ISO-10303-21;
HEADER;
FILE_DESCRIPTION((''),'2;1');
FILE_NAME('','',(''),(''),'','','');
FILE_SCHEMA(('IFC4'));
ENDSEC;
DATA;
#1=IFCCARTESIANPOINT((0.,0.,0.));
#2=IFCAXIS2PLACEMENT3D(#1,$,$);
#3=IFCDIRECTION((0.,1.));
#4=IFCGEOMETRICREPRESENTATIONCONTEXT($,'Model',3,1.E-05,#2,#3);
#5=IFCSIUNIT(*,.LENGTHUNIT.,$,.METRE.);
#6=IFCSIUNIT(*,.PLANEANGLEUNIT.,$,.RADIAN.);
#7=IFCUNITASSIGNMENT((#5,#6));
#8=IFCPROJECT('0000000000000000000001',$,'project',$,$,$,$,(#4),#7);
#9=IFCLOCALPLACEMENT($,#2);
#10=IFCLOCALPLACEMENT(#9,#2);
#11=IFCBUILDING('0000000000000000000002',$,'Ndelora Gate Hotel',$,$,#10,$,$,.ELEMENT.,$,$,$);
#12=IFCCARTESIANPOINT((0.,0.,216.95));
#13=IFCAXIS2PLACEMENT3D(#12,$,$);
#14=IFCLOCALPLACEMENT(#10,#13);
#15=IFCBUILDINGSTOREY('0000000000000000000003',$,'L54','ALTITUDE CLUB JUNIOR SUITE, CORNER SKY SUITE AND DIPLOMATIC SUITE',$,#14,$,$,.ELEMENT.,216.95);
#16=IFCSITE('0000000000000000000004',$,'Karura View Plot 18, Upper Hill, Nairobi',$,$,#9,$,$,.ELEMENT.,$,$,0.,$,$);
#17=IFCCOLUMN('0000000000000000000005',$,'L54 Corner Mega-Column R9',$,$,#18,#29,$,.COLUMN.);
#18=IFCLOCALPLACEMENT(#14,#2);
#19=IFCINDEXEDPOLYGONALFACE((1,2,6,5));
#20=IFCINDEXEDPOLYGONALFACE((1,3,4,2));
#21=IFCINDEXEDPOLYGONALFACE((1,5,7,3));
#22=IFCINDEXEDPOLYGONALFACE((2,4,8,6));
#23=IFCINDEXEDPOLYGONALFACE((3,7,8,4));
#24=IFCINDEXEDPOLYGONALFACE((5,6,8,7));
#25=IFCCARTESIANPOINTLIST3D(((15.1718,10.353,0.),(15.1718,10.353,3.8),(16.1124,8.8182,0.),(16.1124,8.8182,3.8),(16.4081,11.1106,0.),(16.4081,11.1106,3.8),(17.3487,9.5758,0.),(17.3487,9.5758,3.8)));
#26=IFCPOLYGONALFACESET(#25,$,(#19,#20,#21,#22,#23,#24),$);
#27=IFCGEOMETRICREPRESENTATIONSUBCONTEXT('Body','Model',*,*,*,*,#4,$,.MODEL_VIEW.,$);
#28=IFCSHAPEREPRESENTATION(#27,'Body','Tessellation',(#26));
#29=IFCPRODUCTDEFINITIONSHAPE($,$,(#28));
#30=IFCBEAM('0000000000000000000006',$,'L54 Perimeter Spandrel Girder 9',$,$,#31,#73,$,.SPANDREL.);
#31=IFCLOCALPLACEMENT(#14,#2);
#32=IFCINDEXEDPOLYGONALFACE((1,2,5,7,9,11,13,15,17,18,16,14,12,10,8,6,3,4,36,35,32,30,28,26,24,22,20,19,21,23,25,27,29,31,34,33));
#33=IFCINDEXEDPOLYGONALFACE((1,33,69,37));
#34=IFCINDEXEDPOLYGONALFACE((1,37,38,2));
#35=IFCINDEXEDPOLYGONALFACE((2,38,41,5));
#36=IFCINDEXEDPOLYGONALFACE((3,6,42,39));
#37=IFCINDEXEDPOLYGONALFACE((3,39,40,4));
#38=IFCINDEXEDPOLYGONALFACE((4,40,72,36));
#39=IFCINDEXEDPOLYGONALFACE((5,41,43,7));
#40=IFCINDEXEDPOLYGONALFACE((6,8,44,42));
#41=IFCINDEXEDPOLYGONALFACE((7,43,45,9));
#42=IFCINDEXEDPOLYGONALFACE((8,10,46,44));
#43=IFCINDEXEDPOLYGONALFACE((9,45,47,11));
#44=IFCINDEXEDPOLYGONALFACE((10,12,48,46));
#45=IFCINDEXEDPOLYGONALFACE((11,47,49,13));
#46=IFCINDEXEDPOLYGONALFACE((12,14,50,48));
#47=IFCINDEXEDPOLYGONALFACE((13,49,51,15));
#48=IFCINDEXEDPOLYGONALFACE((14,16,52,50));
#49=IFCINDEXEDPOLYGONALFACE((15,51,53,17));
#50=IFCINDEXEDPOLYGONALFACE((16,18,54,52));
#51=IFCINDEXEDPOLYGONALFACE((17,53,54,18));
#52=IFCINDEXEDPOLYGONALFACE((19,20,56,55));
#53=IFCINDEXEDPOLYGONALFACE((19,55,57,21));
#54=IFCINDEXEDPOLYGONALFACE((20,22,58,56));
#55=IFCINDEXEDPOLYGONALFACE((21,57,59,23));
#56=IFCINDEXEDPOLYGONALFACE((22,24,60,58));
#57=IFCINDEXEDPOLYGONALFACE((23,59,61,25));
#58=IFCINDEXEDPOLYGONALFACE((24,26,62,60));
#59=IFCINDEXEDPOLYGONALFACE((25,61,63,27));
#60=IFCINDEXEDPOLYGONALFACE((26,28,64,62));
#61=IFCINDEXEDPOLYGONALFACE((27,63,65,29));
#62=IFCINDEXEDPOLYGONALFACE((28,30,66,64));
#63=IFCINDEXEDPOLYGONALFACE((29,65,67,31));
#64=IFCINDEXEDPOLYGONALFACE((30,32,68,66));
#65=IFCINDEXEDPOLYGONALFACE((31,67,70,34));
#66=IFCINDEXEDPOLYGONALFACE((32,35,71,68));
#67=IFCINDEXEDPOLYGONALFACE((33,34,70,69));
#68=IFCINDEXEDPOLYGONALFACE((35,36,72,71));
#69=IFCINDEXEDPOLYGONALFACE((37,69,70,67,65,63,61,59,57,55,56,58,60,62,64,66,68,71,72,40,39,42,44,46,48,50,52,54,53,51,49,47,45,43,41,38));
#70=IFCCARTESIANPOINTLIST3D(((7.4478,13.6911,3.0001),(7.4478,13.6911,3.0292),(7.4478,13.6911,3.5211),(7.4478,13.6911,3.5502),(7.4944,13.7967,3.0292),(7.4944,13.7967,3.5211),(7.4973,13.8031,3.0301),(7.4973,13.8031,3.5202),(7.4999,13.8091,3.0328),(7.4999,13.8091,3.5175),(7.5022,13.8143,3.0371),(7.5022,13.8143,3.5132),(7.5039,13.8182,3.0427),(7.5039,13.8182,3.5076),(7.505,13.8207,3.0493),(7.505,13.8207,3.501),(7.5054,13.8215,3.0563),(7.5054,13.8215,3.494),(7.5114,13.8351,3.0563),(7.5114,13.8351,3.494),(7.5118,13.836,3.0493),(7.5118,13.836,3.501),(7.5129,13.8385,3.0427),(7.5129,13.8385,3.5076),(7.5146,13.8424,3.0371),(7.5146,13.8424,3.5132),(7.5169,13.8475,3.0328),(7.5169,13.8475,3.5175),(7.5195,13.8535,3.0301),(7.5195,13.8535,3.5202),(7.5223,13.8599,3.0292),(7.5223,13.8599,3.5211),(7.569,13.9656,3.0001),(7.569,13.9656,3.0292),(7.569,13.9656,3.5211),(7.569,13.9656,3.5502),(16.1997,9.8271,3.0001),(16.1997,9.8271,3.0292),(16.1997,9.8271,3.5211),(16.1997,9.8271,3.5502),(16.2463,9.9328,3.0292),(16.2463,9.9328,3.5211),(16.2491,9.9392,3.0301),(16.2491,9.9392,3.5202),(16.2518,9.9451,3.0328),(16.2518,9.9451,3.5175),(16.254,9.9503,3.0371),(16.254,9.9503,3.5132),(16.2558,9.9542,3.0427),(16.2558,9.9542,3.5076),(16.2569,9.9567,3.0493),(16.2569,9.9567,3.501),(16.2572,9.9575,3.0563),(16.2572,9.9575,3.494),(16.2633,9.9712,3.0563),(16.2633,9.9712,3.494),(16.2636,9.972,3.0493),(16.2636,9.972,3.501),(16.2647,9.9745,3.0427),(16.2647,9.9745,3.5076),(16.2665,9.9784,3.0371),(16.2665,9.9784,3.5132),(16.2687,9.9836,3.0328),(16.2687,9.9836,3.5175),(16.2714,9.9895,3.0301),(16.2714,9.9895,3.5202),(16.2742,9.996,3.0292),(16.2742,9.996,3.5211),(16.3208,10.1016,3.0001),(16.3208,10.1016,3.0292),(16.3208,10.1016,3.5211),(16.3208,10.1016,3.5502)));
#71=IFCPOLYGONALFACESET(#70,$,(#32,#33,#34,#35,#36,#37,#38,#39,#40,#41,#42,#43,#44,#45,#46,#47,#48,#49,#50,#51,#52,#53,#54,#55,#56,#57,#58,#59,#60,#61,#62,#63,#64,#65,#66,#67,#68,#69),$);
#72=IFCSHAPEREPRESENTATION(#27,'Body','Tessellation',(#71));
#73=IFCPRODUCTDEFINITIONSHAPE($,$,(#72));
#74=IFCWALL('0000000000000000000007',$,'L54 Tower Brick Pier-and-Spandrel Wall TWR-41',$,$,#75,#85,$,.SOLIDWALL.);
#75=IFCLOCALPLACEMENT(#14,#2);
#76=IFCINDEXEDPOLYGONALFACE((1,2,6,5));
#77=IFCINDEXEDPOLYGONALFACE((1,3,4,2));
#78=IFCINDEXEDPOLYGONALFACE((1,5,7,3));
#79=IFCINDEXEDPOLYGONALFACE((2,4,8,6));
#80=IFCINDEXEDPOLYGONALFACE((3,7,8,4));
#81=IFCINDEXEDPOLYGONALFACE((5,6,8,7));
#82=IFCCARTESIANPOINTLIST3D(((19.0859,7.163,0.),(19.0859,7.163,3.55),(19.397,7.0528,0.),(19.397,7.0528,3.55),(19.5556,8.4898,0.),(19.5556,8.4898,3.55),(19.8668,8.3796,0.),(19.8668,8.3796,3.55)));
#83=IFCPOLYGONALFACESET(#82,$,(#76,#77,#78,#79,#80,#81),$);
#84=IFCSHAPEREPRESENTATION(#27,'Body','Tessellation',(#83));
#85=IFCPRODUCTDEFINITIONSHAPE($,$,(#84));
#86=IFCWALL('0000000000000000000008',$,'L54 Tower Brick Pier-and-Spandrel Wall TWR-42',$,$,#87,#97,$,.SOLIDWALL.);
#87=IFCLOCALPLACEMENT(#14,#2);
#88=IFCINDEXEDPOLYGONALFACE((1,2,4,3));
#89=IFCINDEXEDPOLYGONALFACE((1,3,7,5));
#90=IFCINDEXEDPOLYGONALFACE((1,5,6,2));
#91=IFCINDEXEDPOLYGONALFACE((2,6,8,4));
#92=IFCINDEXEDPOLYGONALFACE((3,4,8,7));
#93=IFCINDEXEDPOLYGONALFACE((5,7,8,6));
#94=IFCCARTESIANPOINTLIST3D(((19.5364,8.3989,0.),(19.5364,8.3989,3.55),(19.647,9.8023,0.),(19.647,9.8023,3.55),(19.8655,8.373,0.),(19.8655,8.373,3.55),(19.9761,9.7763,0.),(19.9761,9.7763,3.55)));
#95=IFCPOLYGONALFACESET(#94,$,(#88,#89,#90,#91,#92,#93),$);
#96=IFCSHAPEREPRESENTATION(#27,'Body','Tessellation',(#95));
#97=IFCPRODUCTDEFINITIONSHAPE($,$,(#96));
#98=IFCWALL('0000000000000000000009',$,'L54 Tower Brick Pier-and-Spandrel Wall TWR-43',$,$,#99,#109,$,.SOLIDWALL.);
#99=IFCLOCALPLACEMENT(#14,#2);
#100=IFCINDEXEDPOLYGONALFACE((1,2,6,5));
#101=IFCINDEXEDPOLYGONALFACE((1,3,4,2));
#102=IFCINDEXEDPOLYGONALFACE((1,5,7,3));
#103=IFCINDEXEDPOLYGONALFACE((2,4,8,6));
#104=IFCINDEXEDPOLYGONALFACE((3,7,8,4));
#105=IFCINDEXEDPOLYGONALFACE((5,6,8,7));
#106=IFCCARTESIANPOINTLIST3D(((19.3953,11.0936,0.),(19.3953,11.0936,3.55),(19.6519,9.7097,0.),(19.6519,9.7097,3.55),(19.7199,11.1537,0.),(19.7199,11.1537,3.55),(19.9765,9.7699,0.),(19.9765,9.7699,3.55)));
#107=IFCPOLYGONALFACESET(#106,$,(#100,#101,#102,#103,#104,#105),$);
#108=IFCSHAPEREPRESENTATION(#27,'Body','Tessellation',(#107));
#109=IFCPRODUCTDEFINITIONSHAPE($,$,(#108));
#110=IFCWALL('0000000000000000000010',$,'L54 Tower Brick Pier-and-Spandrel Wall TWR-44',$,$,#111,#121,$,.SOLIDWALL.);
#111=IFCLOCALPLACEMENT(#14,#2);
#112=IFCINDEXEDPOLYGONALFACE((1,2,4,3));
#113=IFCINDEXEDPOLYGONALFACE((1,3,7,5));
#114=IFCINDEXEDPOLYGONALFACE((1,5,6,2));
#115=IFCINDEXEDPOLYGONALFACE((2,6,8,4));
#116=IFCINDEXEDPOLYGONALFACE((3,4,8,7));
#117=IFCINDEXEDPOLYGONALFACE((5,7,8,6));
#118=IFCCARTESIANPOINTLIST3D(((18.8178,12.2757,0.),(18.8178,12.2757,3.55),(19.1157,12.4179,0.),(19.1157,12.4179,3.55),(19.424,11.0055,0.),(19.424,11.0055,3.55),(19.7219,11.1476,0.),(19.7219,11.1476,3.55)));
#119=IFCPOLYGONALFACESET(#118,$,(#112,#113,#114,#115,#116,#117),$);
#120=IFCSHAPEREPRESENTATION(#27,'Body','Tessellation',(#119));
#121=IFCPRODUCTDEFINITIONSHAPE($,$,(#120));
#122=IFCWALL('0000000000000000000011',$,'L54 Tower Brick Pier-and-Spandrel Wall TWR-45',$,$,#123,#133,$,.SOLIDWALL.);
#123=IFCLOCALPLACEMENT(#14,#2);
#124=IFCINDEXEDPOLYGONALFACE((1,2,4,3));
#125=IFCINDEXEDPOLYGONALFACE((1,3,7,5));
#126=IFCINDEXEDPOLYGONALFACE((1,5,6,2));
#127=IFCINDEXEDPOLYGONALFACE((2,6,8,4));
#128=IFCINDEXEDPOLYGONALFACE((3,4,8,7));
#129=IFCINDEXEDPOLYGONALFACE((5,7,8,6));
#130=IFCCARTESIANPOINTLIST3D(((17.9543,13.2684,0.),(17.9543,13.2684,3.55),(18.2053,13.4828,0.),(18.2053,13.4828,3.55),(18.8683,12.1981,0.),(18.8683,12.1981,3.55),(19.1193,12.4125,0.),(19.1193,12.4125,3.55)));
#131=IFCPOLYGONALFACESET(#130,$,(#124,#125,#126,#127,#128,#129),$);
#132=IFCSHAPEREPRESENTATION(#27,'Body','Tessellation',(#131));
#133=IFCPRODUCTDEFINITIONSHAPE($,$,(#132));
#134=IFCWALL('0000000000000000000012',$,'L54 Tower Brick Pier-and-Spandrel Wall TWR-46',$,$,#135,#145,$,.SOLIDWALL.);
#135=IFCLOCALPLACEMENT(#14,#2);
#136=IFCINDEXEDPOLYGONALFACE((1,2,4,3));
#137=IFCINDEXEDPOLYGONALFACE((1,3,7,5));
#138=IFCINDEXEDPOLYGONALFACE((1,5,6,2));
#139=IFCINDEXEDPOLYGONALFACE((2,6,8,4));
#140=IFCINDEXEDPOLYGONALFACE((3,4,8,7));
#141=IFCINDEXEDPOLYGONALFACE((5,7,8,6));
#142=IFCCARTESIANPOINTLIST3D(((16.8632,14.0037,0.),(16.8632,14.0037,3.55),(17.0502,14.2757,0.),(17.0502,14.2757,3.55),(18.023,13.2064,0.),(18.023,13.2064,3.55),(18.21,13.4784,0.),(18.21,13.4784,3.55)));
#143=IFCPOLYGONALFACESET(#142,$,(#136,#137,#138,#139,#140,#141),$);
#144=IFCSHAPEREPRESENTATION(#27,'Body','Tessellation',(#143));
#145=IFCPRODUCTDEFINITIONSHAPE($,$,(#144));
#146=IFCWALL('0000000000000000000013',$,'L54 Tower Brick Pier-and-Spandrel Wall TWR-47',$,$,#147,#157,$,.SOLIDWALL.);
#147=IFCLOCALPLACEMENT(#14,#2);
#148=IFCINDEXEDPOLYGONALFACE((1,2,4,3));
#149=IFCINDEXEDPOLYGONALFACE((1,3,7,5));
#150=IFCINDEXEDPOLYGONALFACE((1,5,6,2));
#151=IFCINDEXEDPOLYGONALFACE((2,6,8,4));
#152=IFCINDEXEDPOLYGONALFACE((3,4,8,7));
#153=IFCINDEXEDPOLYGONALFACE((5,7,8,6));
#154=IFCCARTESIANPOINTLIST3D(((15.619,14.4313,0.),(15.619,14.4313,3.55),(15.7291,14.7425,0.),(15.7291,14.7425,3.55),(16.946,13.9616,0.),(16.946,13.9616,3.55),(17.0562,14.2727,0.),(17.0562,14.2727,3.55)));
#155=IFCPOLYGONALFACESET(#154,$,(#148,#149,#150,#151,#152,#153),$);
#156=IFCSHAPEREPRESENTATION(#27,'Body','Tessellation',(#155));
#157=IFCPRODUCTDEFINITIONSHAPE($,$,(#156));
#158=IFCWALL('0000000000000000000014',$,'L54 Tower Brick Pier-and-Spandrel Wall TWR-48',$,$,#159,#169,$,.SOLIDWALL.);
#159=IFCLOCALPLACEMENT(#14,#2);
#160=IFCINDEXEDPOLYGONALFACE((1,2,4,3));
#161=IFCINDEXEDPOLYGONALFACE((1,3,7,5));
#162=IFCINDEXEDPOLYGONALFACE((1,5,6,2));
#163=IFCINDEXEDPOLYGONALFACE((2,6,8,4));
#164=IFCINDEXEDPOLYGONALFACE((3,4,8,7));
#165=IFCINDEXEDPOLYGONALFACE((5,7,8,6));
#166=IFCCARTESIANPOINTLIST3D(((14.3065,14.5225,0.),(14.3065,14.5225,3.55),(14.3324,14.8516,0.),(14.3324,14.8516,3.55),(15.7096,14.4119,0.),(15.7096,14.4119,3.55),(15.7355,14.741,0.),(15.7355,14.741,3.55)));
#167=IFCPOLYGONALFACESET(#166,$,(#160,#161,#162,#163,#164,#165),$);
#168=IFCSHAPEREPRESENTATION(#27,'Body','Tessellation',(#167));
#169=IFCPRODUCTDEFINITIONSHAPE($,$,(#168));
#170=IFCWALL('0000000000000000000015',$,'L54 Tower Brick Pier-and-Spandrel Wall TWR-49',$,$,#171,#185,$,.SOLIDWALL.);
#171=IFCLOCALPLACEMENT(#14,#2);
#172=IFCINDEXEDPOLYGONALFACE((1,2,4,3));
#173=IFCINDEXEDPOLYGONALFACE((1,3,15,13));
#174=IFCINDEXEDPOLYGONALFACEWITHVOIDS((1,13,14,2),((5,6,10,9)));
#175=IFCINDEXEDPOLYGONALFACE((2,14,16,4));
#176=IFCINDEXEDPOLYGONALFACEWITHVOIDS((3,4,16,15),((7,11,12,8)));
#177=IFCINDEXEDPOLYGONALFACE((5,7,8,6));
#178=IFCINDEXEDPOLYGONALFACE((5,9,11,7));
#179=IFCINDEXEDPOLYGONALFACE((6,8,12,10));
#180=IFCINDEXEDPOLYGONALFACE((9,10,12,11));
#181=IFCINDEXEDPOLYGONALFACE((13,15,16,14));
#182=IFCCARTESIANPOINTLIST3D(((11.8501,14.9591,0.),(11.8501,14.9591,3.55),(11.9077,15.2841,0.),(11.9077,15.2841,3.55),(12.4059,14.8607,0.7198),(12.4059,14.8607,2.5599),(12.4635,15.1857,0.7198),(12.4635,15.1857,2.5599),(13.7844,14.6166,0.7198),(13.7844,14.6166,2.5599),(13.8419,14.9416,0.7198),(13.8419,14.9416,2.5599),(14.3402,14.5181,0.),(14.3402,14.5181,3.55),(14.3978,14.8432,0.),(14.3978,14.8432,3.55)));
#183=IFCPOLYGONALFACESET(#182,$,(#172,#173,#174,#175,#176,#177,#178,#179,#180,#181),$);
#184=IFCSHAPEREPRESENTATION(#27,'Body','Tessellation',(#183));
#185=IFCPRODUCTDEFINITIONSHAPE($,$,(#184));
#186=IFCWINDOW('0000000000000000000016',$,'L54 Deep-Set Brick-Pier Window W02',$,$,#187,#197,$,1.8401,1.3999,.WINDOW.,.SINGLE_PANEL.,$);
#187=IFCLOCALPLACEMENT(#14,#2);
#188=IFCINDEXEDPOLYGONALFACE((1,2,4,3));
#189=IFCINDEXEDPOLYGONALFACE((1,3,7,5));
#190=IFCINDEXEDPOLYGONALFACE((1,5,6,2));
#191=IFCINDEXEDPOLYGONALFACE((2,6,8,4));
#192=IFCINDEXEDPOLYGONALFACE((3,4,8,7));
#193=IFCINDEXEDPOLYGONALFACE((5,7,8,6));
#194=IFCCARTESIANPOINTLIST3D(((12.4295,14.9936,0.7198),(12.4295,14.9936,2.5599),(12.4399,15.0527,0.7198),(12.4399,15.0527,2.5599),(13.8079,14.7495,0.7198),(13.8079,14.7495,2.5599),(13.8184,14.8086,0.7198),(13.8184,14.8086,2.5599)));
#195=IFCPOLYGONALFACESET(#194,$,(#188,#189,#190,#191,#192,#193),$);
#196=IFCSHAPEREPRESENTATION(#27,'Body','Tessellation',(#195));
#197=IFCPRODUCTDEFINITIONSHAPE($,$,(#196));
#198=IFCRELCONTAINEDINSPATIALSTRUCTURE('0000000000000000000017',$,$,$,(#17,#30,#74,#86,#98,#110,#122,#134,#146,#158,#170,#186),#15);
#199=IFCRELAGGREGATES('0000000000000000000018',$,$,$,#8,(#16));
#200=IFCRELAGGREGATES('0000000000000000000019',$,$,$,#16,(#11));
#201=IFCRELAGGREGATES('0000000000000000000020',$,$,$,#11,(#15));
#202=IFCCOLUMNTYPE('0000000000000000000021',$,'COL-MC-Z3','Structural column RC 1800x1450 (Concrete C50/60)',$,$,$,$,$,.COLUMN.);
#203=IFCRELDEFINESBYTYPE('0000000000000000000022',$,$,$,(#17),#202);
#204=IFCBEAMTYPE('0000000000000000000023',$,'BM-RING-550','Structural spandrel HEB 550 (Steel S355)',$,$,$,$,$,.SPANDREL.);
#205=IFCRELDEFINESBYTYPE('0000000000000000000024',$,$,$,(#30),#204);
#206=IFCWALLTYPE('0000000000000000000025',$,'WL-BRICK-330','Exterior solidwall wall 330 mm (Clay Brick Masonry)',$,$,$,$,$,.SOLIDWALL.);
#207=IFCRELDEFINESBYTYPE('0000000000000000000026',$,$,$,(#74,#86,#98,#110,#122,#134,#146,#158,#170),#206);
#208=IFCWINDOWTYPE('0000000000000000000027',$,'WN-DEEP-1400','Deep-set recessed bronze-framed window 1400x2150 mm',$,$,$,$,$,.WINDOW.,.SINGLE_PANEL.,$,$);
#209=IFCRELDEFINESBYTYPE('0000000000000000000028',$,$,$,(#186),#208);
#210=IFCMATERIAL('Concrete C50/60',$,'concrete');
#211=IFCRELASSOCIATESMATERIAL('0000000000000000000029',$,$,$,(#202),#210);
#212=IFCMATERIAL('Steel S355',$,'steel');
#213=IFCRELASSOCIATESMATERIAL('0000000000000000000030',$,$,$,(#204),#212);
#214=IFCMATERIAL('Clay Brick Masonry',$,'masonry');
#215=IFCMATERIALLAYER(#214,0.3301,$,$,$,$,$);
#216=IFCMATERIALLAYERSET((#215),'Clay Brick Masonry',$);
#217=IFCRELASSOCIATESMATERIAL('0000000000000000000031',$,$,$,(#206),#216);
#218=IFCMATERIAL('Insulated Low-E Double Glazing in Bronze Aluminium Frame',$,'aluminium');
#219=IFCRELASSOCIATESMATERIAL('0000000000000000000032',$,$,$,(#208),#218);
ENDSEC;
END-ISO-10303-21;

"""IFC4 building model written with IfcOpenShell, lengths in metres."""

from ifc_helpers import new_model, si_unit, direction, frame, frame_2d, origin, origin_2d, place, context, subcontext, project, spatial, rectangle, i_section, extrude, material, layer, layer_set, material_profile, profile_set, type_object, element, fill, save


model = new_model("IFC4")

# Units and contexts
model_context = context("Model", 3, precision=1e-05, world=origin(), true_north=direction((0.0, 1.0)))
body_context = subcontext(model_context, "Body", "Model", "MODEL_VIEW")
ifc_project = project(units=[si_unit("LENGTHUNIT", "METRE"), si_unit("PLANEANGLEUNIT", "RADIAN")], contexts=[model_context])

# Site, building, storey
site_placement = place(None, origin())
site = spatial("IfcSite", under=ifc_project, at=site_placement, Name="Karura View Plot 18, Upper Hill, Nairobi", CompositionType="ELEMENT", RefElevation=0.0)
building_placement = place(site_placement, origin())
building = spatial("IfcBuilding", under=site, at=building_placement, Name="Ndelora Gate Hotel", CompositionType="ELEMENT")
storey_placement = place(building_placement, frame((0.0, 0.0, 216.95)))
storey = spatial("IfcBuildingStorey", under=building, at=storey_placement, Name="L54", Description="ALTITUDE CLUB JUNIOR SUITE, CORNER SKY SUITE AND DIPLOMATIC SUITE", CompositionType="ELEMENT", Elevation=216.95)

# Column
ifc_material_1 = material(Name="Concrete C50/60", Category="concrete")
ifc_material_profile_1 = material_profile(ifc_material_1, rectangle(XDim=1.45, YDim=1.8, at=origin_2d()), Name="RC 1800x1450")
ifc_profile_set_1 = profile_set([ifc_material_profile_1], Name="Concrete C50/60")
column_type = type_object("IfcColumnType", Name="COL-MC-Z3", Description="Structural column RC 1800x1450 (Concrete C50/60)", PredefinedType="COLUMN", material=ifc_profile_set_1)
column_placement = place(storey_placement, frame((16.2603, 9.9644, 0.0), z_axis=(0.0, 0.0, 1.0), x_axis=(0.85264, 0.522499, 0.0)))
element("IfcColumn", 1, at=column_placement, inside=storey, type_object=column_type, Name="L54 Corner Mega-Column R9", PredefinedType="COLUMN", context=body_context, shape_type="SweptSolid", body=[
    extrude(rectangle(XDim=1.45, YDim=1.8, at=origin_2d()), origin(), (0.0, 0.0, 1.0), 3.8),
])

# Beam
ifc_material_2 = material(Name="Steel S355", Category="steel")
ifc_material_profile_2 = material_profile(ifc_material_2, i_section(OverallWidth=0.3, OverallDepth=0.55, WebThickness=0.0149, FlangeThickness=0.0291, FilletRadius=0.0271, at=origin_2d()), Name="HEB 550")
ifc_profile_set_2 = profile_set([ifc_material_profile_2], Name="Steel S355")
beam_type = type_object("IfcBeamType", Name="BM-RING-550", Description="Structural spandrel HEB 550 (Steel S355)", PredefinedType="SPANDREL", material=ifc_profile_set_2)
beam_placement = place(storey_placement, frame((16.2603, 9.9644, 3.2751), z_axis=(-0.914807, 0.40389, 0.0), x_axis=(-0.40389, -0.914807, 0.0)))
element("IfcBeam", 2, at=beam_placement, inside=storey, type_object=beam_type, Name="L54 Perimeter Spandrel Girder 9", PredefinedType="SPANDREL", context=body_context, shape_type="SweptSolid", body=[
    extrude(i_section(OverallWidth=0.3, OverallDepth=0.55, WebThickness=0.0149, FlangeThickness=0.0291, FilletRadius=0.0271, at=origin_2d()), origin(), (0.0, 0.0, 1.0), 9.5669),
])

# Walls
ifc_material_3 = material(Name="Clay Brick Masonry", Category="masonry")
ifc_layer_1 = layer(ifc_material_3, 0.3301)
ifc_layer_set_1 = layer_set([ifc_layer_1], Name="Clay Brick Masonry")
wall_type_1 = type_object("IfcWallType", Name="WL-BRICK-330", Description="Exterior solidwall wall 330 mm (Clay Brick Masonry)", PredefinedType="SOLIDWALL", material=ifc_layer_set_1)
wall_1_placement = place(storey_placement, frame((19.7112, 8.4346, 0.0), z_axis=(0.0, 0.0, 1.0), x_axis=(-0.333764, -0.942657, 0.0)))
element("IfcWall", 3, at=wall_1_placement, inside=storey, type_object=wall_type_1, Name="L54 Tower Brick Pier-and-Spandrel Wall TWR-41", PredefinedType="SOLIDWALL", context=body_context, shape_type="SweptSolid", body=[
    extrude(rectangle(XDim=1.4075, YDim=0.3301, at=frame_2d((0.7036, 0.0))), origin(), (0.0, 0.0, 1.0), 3.55),
])
wall_2_placement = place(storey_placement, frame((19.8115, 9.7893, 0.0), z_axis=(0.0, 0.0, 1.0), x_axis=(-0.078566, -0.996909, 0.0)))
element("IfcWall", 4, at=wall_2_placement, inside=storey, type_object=wall_type_1, Name="L54 Tower Brick Pier-and-Spandrel Wall TWR-42", PredefinedType="SOLIDWALL", context=body_context, shape_type="SweptSolid", body=[
    extrude(rectangle(XDim=1.4077, YDim=0.3301, at=frame_2d((0.7039, 0.0))), origin(), (0.0, 0.0, 1.0), 3.55),
])
for number, where, z_axis, x_axis, name in (
    (5, (19.5576, 11.1235, 0.0), (0.0, 0.0, 1.0), (0.182319, -0.983239, 0.0), "L54 Tower Brick Pier-and-Spandrel Wall TWR-43"),
    (6, (18.9668, 12.3467, 0.0), (0.0, 0.0, 1.0), (0.430694, -0.902498, 0.0), "L54 Tower Brick Pier-and-Spandrel Wall TWR-44"),
    (7, (18.0798, 13.3755, 0.0), (0.0, 0.0, 1.0), (0.649419, -0.760431, 0.0), "L54 Tower Brick Pier-and-Spandrel Wall TWR-45"),
    (8, (16.9568, 14.1396, 0.0), (0.0, 0.0, 1.0), (0.824067, -0.566492, 0.0), "L54 Tower Brick Pier-and-Spandrel Wall TWR-46"),
):
    element("IfcWall", number, at=place(storey_placement, frame(where, z_axis=z_axis, x_axis=x_axis)), inside=storey, type_object=wall_type_1, Name=name, PredefinedType="SOLIDWALL", context=body_context, shape_type="SweptSolid", body=[
        extrude(rectangle(XDim=1.4075, YDim=0.3301, at=frame_2d((0.7036, 0.0))), origin(), (0.0, 0.0, 1.0), 3.55),
    ])
wall_3_placement = place(storey_placement, frame((15.6741, 14.5869, 0.0), z_axis=(0.0, 0.0, 1.0), x_axis=(0.942676, -0.333709, 0.0)))
element("IfcWall", 9, at=wall_3_placement, inside=storey, type_object=wall_type_1, Name="L54 Tower Brick Pier-and-Spandrel Wall TWR-47", PredefinedType="SOLIDWALL", context=body_context, shape_type="SweptSolid", body=[
    extrude(rectangle(XDim=1.4077, YDim=0.3301, at=frame_2d((0.7039, 0.0))), origin(), (0.0, 0.0, 1.0), 3.55),
])
wall_4_placement = place(storey_placement, frame((14.3196, 14.687, 0.0), z_axis=(0.0, 0.0, 1.0), x_axis=(0.996908, -0.07858, 0.0)))
element("IfcWall", 10, at=wall_4_placement, inside=storey, type_object=wall_type_1, Name="L54 Tower Brick Pier-and-Spandrel Wall TWR-48", PredefinedType="SOLIDWALL", context=body_context, shape_type="SweptSolid", body=[
    extrude(rectangle(XDim=1.4075, YDim=0.3301, at=frame_2d((0.7036, 0.0))), origin(), (0.0, 0.0, 1.0), 3.55),
])

# Wall, opening, window
wall_5_placement = place(storey_placement, frame((11.8789, 15.1216, 0.0), z_axis=(0.0, 0.0, 1.0), x_axis=(0.984681, -0.174364, 0.0)))
wall_5 = element("IfcWall", 11, at=wall_5_placement, inside=storey, type_object=wall_type_1, Name="L54 Tower Brick Pier-and-Spandrel Wall TWR-49", PredefinedType="SOLIDWALL", context=body_context, shape_type="SweptSolid", body=[
    extrude(rectangle(XDim=2.5288, YDim=0.3301, at=frame_2d((1.2644, 0.0))), origin(), (0.0, 0.0, 1.0), 3.55),
])
opening_1_placement = place(wall_5_placement, frame((0.5645, 0.0, 0.72)))
opening_1 = element("IfcOpeningElement", 12, at=opening_1_placement, cuts=wall_5, PredefinedType="OPENING", context=body_context, shape_type="SweptSolid", body=[
    extrude(rectangle(XDim=1.3999, YDim=1.8401, at=frame_2d((0.7, 0.9199))), frame((0.0, 0.175, 0.0), z_axis=(0.0, -1.0, 0.0), x_axis=(1.0, 0.0, 0.0)), (0.0, 0.0, 1.0), 0.3501),
])
ifc_material_4 = material(Name="Insulated Low-E Double Glazing in Bronze Aluminium Frame", Category="aluminium")
window_type = type_object("IfcWindowType", Name="WN-DEEP-1400", Description="Deep-set recessed bronze-framed window 1400x2150 mm", PartitioningType="SINGLE_PANEL", PredefinedType="WINDOW", material=ifc_material_4)
window_1_placement = place(opening_1_placement, origin())
window_1 = element("IfcWindow", 13, at=window_1_placement, inside=storey, type_object=window_type, Name="L54 Deep-Set Brick-Pier Window W02", OverallHeight=1.8401, OverallWidth=1.3999, PartitioningType="SINGLE_PANEL", PredefinedType="WINDOW", context=body_context, shape_type="SweptSolid", body=[
    extrude(rectangle(XDim=1.3999, YDim=1.8401, at=frame_2d((0.7, 0.9199))), frame((0.0, 0.03, 0.0), z_axis=(0.0, -1.0, 0.0), x_axis=(1.0, 0.0, 0.0)), (0.0, 0.0, 1.0), 0.0601),
])
fill(opening_1, window_1)

save(model, "model.ifc")
